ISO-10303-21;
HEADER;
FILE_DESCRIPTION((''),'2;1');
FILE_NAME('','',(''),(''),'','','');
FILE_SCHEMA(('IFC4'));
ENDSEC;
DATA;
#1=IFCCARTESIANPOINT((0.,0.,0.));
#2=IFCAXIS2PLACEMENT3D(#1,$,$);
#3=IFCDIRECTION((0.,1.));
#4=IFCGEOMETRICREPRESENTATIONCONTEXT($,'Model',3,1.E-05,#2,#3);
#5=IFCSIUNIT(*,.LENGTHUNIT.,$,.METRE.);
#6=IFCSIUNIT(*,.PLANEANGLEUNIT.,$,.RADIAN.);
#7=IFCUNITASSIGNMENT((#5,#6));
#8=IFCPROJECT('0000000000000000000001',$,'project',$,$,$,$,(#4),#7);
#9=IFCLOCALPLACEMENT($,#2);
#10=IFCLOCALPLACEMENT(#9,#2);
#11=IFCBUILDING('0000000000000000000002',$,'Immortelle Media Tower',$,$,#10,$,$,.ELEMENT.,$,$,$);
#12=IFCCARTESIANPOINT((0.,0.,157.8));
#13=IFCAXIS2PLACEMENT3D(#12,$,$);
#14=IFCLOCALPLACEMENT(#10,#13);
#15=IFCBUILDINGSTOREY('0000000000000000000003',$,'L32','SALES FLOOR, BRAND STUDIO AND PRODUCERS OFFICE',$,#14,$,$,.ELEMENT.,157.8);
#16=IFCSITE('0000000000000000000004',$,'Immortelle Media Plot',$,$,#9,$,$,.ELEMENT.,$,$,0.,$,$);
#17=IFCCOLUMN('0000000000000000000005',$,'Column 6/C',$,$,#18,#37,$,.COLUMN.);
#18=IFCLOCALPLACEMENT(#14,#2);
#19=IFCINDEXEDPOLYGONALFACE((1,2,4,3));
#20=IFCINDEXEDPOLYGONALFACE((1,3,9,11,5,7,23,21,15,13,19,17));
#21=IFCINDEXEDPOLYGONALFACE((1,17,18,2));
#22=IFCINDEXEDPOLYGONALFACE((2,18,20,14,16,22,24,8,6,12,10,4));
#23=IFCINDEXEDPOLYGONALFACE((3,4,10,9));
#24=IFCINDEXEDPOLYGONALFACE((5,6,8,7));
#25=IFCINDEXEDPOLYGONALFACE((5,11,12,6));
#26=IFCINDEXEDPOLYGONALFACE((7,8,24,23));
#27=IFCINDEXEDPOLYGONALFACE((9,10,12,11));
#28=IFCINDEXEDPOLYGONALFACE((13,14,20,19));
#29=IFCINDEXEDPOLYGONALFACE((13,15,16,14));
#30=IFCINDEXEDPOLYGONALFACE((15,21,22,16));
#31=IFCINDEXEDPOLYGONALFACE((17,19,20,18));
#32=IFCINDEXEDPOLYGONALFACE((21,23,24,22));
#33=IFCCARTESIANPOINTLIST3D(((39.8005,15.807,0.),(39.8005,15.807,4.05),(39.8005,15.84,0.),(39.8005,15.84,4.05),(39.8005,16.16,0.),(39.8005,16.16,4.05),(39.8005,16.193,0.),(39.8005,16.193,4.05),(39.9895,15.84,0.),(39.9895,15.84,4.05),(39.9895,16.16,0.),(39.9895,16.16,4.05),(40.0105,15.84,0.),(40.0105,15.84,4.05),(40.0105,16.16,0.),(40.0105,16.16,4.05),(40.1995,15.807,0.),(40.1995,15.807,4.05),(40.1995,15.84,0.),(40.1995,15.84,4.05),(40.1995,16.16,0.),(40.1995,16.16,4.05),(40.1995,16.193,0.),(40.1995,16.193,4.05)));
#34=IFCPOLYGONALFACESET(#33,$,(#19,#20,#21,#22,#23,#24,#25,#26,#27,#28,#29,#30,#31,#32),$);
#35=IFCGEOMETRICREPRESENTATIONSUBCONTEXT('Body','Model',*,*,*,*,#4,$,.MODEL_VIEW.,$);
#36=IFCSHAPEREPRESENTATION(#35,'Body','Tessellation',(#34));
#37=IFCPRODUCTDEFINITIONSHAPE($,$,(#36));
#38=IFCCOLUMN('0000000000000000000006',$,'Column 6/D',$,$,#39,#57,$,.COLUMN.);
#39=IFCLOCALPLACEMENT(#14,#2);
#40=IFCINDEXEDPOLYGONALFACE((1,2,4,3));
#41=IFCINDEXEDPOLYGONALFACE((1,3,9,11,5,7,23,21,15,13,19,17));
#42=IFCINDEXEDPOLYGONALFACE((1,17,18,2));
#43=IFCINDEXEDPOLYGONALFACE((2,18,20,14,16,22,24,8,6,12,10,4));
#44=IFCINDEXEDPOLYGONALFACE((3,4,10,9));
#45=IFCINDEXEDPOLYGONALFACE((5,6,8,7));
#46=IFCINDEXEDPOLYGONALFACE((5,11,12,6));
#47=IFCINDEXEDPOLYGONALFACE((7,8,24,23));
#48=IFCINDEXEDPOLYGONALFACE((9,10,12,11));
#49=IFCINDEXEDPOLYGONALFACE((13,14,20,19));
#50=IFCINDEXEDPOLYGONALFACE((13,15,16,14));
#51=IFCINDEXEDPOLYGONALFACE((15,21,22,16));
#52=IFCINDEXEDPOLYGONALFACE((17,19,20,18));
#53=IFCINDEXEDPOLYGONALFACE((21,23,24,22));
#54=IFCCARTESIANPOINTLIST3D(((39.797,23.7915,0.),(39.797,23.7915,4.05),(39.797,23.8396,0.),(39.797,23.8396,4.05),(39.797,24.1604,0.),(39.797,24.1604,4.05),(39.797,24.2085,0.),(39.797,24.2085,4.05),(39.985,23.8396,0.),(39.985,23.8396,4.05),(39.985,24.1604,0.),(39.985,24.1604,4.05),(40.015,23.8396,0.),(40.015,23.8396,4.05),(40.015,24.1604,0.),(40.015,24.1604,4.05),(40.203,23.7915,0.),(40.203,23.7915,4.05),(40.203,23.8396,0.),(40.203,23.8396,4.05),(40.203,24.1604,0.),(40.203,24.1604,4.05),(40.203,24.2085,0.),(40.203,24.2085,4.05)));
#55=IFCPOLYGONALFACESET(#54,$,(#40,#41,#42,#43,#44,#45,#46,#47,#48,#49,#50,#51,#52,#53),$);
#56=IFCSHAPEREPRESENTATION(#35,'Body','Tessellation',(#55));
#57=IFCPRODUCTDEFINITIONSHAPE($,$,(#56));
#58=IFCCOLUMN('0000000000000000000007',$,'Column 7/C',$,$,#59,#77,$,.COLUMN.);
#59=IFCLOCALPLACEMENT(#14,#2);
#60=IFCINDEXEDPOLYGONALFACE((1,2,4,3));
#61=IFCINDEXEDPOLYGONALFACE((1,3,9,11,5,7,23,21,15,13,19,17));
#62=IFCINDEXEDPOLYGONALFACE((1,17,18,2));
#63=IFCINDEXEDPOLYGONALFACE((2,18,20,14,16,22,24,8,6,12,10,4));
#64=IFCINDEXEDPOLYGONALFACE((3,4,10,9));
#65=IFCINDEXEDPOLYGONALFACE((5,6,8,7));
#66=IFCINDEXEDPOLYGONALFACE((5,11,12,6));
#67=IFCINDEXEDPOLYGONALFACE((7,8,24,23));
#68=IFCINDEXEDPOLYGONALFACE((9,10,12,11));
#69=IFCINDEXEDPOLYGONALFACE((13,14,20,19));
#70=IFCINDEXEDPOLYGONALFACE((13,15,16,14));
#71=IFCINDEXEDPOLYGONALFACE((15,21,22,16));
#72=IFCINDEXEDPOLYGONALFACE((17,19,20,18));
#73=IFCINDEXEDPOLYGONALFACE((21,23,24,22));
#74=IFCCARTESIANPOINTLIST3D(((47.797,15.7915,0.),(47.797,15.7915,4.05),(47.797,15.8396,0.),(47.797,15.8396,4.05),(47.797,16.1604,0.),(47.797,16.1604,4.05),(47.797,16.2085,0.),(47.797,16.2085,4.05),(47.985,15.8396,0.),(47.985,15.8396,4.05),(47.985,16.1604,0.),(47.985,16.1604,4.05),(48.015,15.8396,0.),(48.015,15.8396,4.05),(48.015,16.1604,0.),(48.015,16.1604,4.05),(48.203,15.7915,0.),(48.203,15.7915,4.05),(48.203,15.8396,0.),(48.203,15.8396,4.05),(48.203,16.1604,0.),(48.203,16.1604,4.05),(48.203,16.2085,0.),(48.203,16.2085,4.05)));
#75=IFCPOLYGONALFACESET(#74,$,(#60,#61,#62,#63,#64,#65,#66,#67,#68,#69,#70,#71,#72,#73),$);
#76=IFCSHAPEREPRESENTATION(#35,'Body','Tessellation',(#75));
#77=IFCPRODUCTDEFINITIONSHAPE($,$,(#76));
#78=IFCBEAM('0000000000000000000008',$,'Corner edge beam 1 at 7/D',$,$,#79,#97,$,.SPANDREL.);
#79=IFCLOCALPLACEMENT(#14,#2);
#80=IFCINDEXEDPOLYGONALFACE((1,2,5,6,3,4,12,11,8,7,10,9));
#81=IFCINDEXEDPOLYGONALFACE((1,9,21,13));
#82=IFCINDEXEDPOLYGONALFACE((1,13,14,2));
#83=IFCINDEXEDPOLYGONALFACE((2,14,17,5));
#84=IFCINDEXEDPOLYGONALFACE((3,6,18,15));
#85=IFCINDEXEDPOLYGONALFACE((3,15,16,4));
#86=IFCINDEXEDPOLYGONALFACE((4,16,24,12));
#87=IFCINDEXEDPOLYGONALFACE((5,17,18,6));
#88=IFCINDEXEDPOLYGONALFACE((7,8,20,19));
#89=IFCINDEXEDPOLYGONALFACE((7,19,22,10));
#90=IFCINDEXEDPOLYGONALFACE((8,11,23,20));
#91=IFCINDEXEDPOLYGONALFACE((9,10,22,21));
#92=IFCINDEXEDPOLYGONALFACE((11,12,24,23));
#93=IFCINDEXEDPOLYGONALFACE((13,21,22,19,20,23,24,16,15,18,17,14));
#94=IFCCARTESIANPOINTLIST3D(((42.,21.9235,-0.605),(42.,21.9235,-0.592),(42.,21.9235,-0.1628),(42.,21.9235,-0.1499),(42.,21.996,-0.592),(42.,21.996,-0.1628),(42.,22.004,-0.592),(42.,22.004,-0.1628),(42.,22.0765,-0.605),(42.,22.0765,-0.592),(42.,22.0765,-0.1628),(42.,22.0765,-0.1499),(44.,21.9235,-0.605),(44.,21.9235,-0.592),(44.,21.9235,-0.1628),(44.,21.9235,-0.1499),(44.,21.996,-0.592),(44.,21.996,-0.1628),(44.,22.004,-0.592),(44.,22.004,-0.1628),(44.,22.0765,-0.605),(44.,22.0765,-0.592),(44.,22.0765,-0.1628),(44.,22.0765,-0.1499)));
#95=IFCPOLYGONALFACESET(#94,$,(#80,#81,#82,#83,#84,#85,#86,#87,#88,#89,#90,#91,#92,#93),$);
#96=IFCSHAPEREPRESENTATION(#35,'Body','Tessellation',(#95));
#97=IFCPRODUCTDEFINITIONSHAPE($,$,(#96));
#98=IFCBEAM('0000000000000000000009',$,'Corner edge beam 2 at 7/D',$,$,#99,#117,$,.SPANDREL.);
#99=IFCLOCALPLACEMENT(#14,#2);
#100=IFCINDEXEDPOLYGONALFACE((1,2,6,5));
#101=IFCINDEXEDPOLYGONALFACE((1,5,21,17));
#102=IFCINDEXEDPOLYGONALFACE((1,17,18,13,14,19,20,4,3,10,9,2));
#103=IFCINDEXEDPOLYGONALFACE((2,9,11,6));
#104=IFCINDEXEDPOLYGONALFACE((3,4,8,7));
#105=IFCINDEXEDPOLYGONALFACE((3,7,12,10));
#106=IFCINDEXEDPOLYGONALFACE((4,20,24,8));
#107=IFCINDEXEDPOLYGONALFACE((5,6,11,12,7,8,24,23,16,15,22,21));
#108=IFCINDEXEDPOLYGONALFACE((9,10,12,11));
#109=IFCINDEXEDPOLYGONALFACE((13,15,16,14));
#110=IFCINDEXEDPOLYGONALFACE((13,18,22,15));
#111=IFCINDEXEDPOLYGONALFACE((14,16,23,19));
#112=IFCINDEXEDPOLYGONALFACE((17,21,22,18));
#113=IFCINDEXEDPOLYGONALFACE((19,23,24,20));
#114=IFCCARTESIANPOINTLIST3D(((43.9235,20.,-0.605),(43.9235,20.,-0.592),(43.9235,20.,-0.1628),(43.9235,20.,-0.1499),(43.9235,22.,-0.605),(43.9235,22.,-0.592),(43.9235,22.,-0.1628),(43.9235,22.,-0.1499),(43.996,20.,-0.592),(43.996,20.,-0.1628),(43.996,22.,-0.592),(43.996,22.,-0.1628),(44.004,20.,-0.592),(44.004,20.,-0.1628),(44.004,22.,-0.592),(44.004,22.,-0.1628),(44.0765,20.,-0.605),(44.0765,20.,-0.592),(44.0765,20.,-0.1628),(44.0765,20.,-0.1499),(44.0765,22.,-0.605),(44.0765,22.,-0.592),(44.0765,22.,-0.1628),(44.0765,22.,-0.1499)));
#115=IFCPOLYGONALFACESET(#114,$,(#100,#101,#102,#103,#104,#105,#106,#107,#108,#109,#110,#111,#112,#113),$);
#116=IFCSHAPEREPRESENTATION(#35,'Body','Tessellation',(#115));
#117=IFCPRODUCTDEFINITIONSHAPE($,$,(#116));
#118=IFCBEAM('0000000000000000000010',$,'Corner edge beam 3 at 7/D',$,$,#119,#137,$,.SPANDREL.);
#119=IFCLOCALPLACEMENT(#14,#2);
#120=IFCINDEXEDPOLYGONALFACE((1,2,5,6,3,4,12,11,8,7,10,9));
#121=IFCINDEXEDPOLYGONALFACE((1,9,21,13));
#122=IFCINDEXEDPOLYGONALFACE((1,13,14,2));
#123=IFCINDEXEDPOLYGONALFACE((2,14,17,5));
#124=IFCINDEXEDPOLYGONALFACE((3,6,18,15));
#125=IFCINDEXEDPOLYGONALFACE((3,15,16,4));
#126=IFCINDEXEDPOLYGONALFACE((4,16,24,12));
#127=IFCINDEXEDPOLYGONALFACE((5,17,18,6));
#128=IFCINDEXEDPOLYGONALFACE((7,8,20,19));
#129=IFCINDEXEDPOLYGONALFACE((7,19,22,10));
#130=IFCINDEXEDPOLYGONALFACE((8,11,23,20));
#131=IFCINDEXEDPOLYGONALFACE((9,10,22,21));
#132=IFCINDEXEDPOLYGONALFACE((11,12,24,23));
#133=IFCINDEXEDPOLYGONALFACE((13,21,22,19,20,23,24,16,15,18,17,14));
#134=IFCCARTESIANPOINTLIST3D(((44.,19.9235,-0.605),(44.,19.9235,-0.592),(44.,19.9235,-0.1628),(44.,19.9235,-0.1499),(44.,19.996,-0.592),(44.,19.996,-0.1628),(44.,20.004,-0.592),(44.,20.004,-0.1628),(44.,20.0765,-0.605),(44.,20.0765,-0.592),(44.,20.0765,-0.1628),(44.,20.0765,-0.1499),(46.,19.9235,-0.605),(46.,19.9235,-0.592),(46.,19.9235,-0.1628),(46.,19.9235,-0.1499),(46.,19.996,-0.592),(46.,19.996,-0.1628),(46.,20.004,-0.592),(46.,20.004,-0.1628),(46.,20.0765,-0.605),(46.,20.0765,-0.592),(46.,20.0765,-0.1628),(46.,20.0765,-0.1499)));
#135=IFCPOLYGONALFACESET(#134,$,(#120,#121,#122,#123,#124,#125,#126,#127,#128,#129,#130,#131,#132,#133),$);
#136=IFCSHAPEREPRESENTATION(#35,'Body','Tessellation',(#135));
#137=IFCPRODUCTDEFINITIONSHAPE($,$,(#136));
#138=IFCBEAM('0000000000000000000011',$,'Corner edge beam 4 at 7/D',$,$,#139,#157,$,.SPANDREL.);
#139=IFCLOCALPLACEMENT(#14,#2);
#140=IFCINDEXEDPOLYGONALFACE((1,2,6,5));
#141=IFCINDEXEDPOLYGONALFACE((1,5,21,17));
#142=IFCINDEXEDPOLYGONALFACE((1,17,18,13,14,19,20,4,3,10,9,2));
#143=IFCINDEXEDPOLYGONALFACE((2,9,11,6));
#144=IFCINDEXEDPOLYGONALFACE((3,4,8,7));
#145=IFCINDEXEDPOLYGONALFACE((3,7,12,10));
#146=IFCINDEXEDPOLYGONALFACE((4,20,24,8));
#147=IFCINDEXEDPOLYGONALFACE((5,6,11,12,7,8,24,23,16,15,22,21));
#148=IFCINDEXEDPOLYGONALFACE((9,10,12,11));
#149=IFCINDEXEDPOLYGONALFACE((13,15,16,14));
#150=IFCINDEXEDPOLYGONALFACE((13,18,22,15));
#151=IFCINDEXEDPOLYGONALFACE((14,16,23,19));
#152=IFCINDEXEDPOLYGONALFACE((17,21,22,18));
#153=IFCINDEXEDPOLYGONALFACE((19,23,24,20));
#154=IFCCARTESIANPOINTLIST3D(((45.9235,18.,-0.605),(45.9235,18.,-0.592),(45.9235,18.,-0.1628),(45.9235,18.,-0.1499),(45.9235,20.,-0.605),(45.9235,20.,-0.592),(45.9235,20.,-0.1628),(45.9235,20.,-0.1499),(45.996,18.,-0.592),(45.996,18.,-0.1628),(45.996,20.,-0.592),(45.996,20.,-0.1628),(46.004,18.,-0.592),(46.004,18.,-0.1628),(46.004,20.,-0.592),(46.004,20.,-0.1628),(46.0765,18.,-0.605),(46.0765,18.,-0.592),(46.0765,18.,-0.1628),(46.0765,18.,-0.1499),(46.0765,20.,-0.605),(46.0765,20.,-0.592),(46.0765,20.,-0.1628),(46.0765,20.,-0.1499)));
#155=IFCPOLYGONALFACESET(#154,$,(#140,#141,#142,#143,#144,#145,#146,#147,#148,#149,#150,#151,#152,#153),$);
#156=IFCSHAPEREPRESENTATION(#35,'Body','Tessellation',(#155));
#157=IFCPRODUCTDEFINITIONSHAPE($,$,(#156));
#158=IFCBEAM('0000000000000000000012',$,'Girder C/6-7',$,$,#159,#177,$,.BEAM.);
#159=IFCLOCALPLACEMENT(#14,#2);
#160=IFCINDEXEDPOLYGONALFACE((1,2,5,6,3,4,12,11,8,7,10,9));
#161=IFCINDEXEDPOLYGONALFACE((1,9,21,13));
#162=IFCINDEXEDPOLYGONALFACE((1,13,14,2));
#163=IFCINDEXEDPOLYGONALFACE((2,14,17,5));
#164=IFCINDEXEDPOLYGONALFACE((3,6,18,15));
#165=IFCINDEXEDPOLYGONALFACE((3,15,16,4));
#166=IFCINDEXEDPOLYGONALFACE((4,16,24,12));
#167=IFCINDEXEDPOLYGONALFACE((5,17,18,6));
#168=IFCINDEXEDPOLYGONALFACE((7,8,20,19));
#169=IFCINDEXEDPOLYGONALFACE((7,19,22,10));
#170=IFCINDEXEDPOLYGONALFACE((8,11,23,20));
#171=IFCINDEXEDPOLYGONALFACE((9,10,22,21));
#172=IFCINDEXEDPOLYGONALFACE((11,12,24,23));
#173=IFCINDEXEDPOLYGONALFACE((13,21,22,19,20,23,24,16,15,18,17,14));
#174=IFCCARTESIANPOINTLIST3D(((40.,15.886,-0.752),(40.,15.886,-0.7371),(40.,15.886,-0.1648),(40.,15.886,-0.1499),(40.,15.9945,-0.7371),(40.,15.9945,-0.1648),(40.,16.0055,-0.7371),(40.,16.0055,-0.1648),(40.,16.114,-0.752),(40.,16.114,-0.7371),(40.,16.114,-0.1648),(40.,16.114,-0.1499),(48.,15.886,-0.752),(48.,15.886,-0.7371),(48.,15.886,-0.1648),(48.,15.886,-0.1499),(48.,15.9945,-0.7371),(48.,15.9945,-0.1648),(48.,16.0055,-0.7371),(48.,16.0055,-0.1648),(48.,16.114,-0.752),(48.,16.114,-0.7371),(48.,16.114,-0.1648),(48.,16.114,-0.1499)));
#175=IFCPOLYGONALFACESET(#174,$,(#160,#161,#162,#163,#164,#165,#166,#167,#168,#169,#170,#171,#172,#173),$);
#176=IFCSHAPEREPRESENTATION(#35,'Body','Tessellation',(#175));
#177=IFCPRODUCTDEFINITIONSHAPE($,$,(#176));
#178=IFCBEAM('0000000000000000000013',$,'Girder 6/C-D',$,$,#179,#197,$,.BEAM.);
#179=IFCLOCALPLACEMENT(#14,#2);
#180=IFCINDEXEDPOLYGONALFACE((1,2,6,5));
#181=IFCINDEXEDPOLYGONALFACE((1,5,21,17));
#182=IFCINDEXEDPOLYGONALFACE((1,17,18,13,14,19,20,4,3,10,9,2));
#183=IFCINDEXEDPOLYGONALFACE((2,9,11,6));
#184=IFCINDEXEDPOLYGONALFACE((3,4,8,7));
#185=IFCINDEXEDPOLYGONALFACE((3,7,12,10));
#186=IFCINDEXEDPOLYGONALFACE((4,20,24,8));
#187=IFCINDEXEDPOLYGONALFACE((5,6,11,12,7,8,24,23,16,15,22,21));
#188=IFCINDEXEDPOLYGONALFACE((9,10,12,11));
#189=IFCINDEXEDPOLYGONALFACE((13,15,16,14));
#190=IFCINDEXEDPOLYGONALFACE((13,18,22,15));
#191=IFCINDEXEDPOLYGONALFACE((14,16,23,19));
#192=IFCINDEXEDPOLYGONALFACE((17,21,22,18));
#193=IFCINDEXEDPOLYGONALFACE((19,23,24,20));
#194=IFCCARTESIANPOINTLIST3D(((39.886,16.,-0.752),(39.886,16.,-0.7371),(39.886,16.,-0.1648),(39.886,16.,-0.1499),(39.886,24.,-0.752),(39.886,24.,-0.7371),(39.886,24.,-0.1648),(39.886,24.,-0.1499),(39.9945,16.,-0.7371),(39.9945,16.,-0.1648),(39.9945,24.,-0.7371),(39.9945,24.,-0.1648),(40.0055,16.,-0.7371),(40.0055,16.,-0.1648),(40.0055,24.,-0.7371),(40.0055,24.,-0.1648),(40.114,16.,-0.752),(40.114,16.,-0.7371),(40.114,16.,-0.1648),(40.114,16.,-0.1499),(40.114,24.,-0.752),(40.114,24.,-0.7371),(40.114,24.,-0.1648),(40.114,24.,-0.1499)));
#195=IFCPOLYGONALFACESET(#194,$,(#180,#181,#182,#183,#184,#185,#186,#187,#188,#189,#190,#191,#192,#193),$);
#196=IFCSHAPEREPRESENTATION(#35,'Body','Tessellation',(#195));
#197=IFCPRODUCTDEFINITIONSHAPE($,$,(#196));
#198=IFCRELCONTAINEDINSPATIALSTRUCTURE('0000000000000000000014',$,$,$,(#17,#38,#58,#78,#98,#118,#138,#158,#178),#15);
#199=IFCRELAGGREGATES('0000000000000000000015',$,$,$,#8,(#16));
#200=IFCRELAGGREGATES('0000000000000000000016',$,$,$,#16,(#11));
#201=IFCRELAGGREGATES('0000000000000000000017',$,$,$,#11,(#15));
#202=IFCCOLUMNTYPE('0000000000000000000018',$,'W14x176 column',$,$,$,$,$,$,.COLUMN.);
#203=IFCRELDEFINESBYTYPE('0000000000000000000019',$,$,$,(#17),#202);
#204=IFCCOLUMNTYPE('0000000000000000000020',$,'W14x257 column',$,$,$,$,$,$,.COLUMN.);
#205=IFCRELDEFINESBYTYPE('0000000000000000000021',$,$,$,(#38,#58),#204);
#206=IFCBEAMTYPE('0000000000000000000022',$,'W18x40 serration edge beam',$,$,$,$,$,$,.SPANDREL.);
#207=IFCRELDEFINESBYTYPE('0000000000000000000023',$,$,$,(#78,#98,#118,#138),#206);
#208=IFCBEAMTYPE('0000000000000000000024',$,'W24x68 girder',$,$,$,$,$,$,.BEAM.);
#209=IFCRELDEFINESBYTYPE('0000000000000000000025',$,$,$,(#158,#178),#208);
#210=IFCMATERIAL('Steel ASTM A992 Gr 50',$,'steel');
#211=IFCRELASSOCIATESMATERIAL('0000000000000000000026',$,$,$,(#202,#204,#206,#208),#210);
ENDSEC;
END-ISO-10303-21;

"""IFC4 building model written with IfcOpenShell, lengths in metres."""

from ifc_helpers import new_model, si_unit, direction, frame, origin, origin_2d, place, context, subcontext, project, spatial, i_section, extrude, material, material_profile, profile_set, type_object, element, save


model = new_model("IFC4")

# Units and contexts
model_context = context("Model", 3, precision=1e-05, world=origin(), true_north=direction((0.0, 1.0)))
body_context = subcontext(model_context, "Body", "Model", "MODEL_VIEW")
ifc_project = project(units=[si_unit("LENGTHUNIT", "METRE"), si_unit("PLANEANGLEUNIT", "RADIAN")], contexts=[model_context])

# Site, building, storey
site_placement = place(None, origin())
site = spatial("IfcSite", under=ifc_project, at=site_placement, Name="Immortelle Media Plot", CompositionType="ELEMENT", RefElevation=0.0)
building_placement = place(site_placement, origin())
building = spatial("IfcBuilding", under=site, at=building_placement, Name="Immortelle Media Tower", CompositionType="ELEMENT")
storey_placement = place(building_placement, frame((0.0, 0.0, 157.8)))
storey = spatial("IfcBuildingStorey", under=building, at=storey_placement, Name="L32", Description="SALES FLOOR, BRAND STUDIO AND PRODUCERS OFFICE", CompositionType="ELEMENT", Elevation=157.8)

# Columns
ifc_material_1 = material(Name="Steel ASTM A992 Gr 50", Category="steel")
ifc_material_profile_1 = material_profile(ifc_material_1, i_section(OverallWidth=0.3989, OverallDepth=0.386, WebThickness=0.021, FlangeThickness=0.033, at=origin_2d()), Name="W14x176")
ifc_profile_set_1 = profile_set([ifc_material_profile_1], Name="Steel ASTM A992 Gr 50")
column_type_1 = type_object("IfcColumnType", Name="W14x176 column", PredefinedType="COLUMN", material=ifc_profile_set_1)
column_placement = place(storey_placement, frame((40.0, 16.0, 0.0), z_axis=(0.0, 0.0, 1.0), x_axis=(1.0, 0.0, 0.0)))
element("IfcColumn", 1, at=column_placement, inside=storey, type_object=column_type_1, Name="Column 6/C", PredefinedType="COLUMN", context=body_context, shape_type="SweptSolid", body=[
    extrude(i_section(OverallWidth=0.3989, OverallDepth=0.386, WebThickness=0.021, FlangeThickness=0.033, at=origin_2d()), origin(), (0.0, 0.0, 1.0), 4.05),
])
ifc_material_profile_2 = material_profile(ifc_material_1, i_section(OverallWidth=0.406, OverallDepth=0.417, WebThickness=0.03, FlangeThickness=0.0481, at=origin_2d()), Name="W14x257")
ifc_profile_set_2 = profile_set([ifc_material_profile_2], Name="Steel ASTM A992 Gr 50")
column_type_2 = type_object("IfcColumnType", Name="W14x257 column", PredefinedType="COLUMN", material=ifc_profile_set_2)
for number, where, z_axis, x_axis, name in (
    (2, (40.0, 24.0, 0.0), (0.0, 0.0, 1.0), (1.0, 0.0, 0.0), "Column 6/D"),
    (3, (48.0, 16.0, 0.0), (0.0, 0.0, 1.0), (1.0, 0.0, 0.0), "Column 7/C"),
):
    element("IfcColumn", number, at=place(storey_placement, frame(where, z_axis=z_axis, x_axis=x_axis)), inside=storey, type_object=column_type_2, Name=name, PredefinedType="COLUMN", context=body_context, shape_type="SweptSolid", body=[
        extrude(i_section(OverallWidth=0.406, OverallDepth=0.417, WebThickness=0.03, FlangeThickness=0.0481, at=origin_2d()), origin(), (0.0, 0.0, 1.0), 4.05),
    ])

# Beams
ifc_material_profile_3 = material_profile(ifc_material_1, i_section(OverallWidth=0.1531, OverallDepth=0.4551, WebThickness=0.0081, FlangeThickness=0.0129, at=origin_2d()), Name="W18x40")
ifc_profile_set_3 = profile_set([ifc_material_profile_3], Name="Steel ASTM A992 Gr 50")
beam_type_1 = type_object("IfcBeamType", Name="W18x40 serration edge beam", PredefinedType="SPANDREL", material=ifc_profile_set_3)
for number, where, z_axis, x_axis, name in (
    (4, (42.0, 22.0, -0.3774), (1.0, 0.0, 0.0), (0.0, 1.0, 0.0), "Corner edge beam 1 at 7/D"),
    (5, (44.0, 22.0, -0.3774), (0.0, -1.0, 0.0), (1.0, 0.0, 0.0), "Corner edge beam 2 at 7/D"),
    (6, (44.0, 20.0, -0.3774), (1.0, 0.0, 0.0), (0.0, 1.0, 0.0), "Corner edge beam 3 at 7/D"),
    (7, (46.0, 20.0, -0.3774), (0.0, -1.0, 0.0), (1.0, 0.0, 0.0), "Corner edge beam 4 at 7/D"),
):
    element("IfcBeam", number, at=place(storey_placement, frame(where, z_axis=z_axis, x_axis=x_axis)), inside=storey, type_object=beam_type_1, Name=name, PredefinedType="SPANDREL", context=body_context, shape_type="SweptSolid", body=[
        extrude(i_section(OverallWidth=0.1531, OverallDepth=0.4551, WebThickness=0.0081, FlangeThickness=0.0129, at=origin_2d()), origin(), (0.0, 0.0, 1.0), 2.0),
    ])
ifc_material_profile_4 = material_profile(ifc_material_1, i_section(OverallWidth=0.228, OverallDepth=0.6021, WebThickness=0.011, FlangeThickness=0.0149, at=origin_2d()), Name="W24x68")
ifc_profile_set_4 = profile_set([ifc_material_profile_4], Name="Steel ASTM A992 Gr 50")
beam_type_2 = type_object("IfcBeamType", Name="W24x68 girder", PredefinedType="BEAM", material=ifc_profile_set_4)
for number, where, z_axis, x_axis, name in (
    (8, (40.0, 16.0, -0.4509), (1.0, 0.0, 0.0), (0.0, 1.0, 0.0), "Girder C/6-7"),
    (9, (40.0, 16.0, -0.4509), (0.0, 1.0, 0.0), (-1.0, 0.0, 0.0), "Girder 6/C-D"),
):
    element("IfcBeam", number, at=place(storey_placement, frame(where, z_axis=z_axis, x_axis=x_axis)), inside=storey, type_object=beam_type_2, Name=name, PredefinedType="BEAM", context=body_context, shape_type="SweptSolid", body=[
        extrude(i_section(OverallWidth=0.228, OverallDepth=0.6021, WebThickness=0.011, FlangeThickness=0.0149, at=origin_2d()), origin(), (0.0, 0.0, 1.0), 8.0),
    ])

save(model, "model.ifc")
